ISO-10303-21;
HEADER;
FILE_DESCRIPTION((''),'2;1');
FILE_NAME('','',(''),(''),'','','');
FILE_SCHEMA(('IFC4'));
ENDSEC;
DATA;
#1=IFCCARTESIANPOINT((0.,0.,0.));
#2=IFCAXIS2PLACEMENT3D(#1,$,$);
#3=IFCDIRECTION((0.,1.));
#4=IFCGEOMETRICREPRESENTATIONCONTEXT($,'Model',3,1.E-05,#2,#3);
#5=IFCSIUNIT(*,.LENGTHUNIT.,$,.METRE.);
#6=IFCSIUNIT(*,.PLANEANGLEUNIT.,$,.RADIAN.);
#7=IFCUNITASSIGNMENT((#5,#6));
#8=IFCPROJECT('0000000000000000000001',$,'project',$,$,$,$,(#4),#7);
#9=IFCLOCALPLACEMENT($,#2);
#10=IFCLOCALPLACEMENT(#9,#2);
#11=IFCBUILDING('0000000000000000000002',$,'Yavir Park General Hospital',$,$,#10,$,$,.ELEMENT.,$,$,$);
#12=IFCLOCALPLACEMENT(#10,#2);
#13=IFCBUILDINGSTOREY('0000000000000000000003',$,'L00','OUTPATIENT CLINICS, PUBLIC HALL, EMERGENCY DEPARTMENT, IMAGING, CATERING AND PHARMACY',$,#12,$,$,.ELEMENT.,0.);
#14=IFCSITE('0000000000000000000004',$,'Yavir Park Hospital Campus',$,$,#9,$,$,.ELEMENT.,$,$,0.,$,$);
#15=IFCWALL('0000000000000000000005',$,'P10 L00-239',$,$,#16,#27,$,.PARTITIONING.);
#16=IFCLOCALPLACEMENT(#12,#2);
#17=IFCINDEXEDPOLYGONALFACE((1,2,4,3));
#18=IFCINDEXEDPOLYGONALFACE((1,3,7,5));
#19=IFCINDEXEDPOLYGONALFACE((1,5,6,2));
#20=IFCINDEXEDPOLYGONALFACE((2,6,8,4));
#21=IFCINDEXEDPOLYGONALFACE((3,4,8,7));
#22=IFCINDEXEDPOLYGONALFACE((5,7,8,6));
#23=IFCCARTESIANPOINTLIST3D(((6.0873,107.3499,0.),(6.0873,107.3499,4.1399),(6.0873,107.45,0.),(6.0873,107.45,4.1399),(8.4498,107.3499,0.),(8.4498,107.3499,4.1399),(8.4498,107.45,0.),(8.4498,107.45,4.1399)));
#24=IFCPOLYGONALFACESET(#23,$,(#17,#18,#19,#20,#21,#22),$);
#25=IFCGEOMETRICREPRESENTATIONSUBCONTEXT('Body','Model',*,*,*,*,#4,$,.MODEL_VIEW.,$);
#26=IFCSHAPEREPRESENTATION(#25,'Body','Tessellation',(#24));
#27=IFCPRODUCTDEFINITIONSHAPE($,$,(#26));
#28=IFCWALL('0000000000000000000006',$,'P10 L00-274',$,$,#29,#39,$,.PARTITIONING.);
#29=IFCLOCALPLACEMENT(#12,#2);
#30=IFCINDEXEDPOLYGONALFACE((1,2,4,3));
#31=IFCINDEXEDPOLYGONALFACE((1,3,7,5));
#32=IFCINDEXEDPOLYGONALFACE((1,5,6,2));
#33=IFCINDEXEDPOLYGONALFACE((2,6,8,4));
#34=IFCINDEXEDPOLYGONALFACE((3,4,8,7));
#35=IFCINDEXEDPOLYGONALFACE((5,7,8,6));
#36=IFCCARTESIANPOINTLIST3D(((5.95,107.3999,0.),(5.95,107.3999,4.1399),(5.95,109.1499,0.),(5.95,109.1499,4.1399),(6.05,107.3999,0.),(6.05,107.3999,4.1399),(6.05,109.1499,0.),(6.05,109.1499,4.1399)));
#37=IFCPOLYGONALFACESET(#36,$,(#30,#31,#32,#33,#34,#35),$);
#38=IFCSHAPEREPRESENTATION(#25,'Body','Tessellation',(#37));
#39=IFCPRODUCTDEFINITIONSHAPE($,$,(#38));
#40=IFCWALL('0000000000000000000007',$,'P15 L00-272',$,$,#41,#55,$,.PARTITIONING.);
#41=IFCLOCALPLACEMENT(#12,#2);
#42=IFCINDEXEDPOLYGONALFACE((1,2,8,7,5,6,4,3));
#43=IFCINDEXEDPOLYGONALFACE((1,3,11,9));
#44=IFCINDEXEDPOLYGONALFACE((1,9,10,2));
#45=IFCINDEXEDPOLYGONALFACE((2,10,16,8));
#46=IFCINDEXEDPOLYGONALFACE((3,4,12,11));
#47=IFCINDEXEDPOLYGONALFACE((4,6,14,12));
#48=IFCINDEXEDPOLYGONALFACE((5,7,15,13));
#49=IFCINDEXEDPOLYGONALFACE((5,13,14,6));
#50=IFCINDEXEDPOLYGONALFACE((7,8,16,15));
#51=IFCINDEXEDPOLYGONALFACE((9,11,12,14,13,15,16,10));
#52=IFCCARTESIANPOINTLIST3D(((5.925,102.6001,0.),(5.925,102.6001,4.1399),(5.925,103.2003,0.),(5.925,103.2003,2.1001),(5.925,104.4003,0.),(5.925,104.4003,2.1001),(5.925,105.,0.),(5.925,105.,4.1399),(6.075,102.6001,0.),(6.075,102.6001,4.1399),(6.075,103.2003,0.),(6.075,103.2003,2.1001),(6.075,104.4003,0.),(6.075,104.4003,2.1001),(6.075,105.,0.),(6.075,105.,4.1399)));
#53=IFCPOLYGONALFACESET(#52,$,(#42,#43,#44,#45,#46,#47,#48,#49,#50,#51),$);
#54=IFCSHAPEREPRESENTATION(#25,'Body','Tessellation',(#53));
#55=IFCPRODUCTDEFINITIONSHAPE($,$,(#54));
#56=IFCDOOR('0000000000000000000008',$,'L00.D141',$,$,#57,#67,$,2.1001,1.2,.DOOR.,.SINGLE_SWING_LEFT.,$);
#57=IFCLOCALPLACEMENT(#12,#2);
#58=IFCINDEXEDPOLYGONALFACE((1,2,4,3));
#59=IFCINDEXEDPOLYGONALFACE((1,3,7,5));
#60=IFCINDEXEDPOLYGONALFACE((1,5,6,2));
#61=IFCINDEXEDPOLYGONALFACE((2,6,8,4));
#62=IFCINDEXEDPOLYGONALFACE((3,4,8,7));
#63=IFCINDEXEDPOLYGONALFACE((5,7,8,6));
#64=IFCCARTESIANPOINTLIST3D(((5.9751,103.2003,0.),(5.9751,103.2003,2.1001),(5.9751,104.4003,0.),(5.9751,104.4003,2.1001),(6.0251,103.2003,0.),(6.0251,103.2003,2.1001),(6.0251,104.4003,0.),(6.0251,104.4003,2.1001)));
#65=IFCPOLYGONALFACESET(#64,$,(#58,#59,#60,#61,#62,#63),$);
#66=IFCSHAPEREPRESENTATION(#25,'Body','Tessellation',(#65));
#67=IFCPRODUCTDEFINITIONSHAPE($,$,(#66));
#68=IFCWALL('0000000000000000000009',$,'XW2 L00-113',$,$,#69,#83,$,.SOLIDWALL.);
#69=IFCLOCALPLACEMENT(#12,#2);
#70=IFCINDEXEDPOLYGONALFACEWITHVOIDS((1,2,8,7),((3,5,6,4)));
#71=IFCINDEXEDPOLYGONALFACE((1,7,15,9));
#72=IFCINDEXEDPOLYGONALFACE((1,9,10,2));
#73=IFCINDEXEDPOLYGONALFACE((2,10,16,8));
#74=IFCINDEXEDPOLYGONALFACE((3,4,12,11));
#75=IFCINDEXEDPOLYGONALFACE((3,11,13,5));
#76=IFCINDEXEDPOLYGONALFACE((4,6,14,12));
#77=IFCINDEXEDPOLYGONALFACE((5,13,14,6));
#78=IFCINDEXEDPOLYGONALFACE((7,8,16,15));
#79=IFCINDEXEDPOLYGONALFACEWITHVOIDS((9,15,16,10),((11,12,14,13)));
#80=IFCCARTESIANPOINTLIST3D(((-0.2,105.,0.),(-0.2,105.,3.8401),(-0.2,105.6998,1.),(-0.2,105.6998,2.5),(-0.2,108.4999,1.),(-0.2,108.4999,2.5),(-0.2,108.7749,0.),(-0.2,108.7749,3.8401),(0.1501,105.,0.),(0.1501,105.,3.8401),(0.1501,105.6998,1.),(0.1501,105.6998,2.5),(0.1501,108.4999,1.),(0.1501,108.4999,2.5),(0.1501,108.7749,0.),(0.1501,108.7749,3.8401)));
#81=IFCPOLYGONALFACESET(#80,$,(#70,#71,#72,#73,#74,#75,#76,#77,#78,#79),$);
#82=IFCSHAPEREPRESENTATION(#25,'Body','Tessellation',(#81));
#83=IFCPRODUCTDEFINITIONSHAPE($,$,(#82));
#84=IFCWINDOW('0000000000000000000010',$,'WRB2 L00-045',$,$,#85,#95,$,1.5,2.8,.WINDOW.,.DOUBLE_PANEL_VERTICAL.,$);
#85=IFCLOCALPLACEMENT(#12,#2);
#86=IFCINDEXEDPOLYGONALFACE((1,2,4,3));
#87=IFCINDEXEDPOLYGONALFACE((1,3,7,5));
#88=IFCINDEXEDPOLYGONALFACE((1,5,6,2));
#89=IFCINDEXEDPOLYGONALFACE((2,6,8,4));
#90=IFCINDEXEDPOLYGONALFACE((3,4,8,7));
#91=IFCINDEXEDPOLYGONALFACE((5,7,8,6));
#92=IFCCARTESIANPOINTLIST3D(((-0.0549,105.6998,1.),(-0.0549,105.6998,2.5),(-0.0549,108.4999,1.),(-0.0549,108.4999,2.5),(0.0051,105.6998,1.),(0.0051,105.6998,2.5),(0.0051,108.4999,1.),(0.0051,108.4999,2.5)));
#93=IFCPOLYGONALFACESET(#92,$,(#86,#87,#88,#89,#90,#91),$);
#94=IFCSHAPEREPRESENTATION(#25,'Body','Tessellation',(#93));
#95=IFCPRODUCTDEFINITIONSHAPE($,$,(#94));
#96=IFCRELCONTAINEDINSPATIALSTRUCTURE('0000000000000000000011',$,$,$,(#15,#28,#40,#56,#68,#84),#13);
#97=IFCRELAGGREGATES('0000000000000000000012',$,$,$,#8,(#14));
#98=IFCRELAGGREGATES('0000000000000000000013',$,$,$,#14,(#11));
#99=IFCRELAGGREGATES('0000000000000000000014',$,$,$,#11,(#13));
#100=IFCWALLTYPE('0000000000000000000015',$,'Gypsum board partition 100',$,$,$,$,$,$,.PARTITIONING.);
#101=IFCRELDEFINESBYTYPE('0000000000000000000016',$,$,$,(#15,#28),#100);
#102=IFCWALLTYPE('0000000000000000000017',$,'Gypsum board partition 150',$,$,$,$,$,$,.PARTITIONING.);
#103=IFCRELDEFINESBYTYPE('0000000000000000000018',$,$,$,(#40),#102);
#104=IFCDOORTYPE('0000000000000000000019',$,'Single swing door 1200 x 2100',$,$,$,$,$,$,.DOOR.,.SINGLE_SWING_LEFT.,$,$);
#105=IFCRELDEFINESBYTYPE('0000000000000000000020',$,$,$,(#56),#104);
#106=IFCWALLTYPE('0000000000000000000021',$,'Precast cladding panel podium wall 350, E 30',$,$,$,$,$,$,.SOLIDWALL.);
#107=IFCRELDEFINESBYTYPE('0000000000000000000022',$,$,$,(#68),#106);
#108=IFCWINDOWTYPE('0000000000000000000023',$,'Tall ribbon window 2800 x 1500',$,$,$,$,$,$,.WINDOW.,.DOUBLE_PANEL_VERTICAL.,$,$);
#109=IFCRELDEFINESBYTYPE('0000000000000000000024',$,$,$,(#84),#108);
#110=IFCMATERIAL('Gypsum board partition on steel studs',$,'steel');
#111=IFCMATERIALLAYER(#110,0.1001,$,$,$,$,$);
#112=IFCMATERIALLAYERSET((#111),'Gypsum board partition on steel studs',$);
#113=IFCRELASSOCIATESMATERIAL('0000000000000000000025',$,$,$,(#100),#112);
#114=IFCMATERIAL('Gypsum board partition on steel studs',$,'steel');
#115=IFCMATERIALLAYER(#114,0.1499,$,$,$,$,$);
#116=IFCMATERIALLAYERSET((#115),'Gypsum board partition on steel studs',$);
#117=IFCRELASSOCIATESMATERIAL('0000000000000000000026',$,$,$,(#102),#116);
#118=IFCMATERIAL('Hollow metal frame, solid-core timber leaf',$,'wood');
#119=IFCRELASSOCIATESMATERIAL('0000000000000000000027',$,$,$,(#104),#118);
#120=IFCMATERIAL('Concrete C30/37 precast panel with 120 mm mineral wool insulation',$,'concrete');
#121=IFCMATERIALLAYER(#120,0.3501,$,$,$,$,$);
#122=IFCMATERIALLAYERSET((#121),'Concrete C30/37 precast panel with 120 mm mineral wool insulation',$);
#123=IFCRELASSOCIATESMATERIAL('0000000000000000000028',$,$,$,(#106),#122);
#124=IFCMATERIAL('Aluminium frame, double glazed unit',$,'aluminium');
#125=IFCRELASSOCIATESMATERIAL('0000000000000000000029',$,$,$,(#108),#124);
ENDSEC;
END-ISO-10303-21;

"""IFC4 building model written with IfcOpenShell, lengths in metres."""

from ifc_helpers import new_model, si_unit, direction, frame, frame_2d, origin, place, context, subcontext, project, spatial, rectangle, extrude, material, layer, layer_set, type_object, element, fill, save


model = new_model("IFC4")

# Units and contexts
model_context = context("Model", 3, precision=1e-05, world=origin(), true_north=direction((0.0, 1.0)))
body_context = subcontext(model_context, "Body", "Model", "MODEL_VIEW")
ifc_project = project(units=[si_unit("LENGTHUNIT", "METRE"), si_unit("PLANEANGLEUNIT", "RADIAN")], contexts=[model_context])

# Site, building, storey
site_placement = place(None, origin())
site = spatial("IfcSite", under=ifc_project, at=site_placement, Name="Yavir Park Hospital Campus", CompositionType="ELEMENT", RefElevation=0.0)
building_placement = place(site_placement, origin())
building = spatial("IfcBuilding", under=site, at=building_placement, Name="Yavir Park General Hospital", CompositionType="ELEMENT")
storey_placement = place(building_placement, origin())
storey = spatial("IfcBuildingStorey", under=building, at=storey_placement, Name="L00", Description="OUTPATIENT CLINICS, PUBLIC HALL, EMERGENCY DEPARTMENT, IMAGING, CATERING AND PHARMACY", CompositionType="ELEMENT", Elevation=0.0)

# Walls
ifc_material_1 = material(Name="Gypsum board partition on steel studs", Category="steel")
ifc_layer_1 = layer(ifc_material_1, 0.1001)
ifc_layer_set_1 = layer_set([ifc_layer_1], Name="Gypsum board partition on steel studs")
wall_type_1 = type_object("IfcWallType", Name="Gypsum board partition 100", PredefinedType="PARTITIONING", material=ifc_layer_set_1)
wall_1_placement = place(storey_placement, frame((6.0874, 107.3999, 0.0), z_axis=(0.0, 0.0, 1.0), x_axis=(1.0, 0.0, 0.0)))
element("IfcWall", 1, at=wall_1_placement, inside=storey, type_object=wall_type_1, Name="P10 L00-239", PredefinedType="PARTITIONING", context=body_context, shape_type="SweptSolid", body=[
    extrude(rectangle(XDim=2.3625, YDim=0.1001, at=frame_2d((1.1812, 0.0))), origin(), (0.0, 0.0, 1.0), 4.1399),
])
wall_2_placement = place(storey_placement, frame((6.0, 107.3999, 0.0), z_axis=(0.0, 0.0, 1.0), x_axis=(0.0, 1.0, 0.0)))
element("IfcWall", 2, at=wall_2_placement, inside=storey, type_object=wall_type_1, Name="P10 L00-274", PredefinedType="PARTITIONING", context=body_context, shape_type="SweptSolid", body=[
    extrude(rectangle(XDim=1.75, YDim=0.1001, at=frame_2d((0.875, 0.0))), origin(), (0.0, 0.0, 1.0), 4.1399),
])

# Wall, opening, door
ifc_material_2 = material(Name="Gypsum board partition on steel studs", Category="steel")
ifc_layer_2 = layer(ifc_material_2, 0.1499)
ifc_layer_set_2 = layer_set([ifc_layer_2], Name="Gypsum board partition on steel studs")
wall_type_2 = type_object("IfcWallType", Name="Gypsum board partition 150", PredefinedType="PARTITIONING", material=ifc_layer_set_2)
wall_3_placement = place(storey_placement, frame((6.0, 102.6001, 0.0), z_axis=(0.0, 0.0, 1.0), x_axis=(0.0, 1.0, 0.0)))
wall_3 = element("IfcWall", 3, at=wall_3_placement, inside=storey, type_object=wall_type_2, Name="P15 L00-272", PredefinedType="PARTITIONING", context=body_context, shape_type="SweptSolid", body=[
    extrude(rectangle(XDim=2.3999, YDim=0.1499, at=frame_2d((1.2, 0.0))), origin(), (0.0, 0.0, 1.0), 4.1399),
])
opening_1_placement = place(wall_3_placement, frame((0.6001, 0.0, 0.0)))
opening_1 = element("IfcOpeningElement", 4, at=opening_1_placement, cuts=wall_3, PredefinedType="OPENING", context=body_context, shape_type="SweptSolid", body=[
    extrude(rectangle(XDim=1.2, YDim=2.1001, at=frame_2d((0.6001, 1.05))), frame((0.0, 0.085, 0.0), z_axis=(0.0, -1.0, 0.0), x_axis=(1.0, 0.0, 0.0)), (0.0, 0.0, 1.0), 0.1699),
])
ifc_material_3 = material(Name="Hollow metal frame, solid-core timber leaf", Category="wood")
door_type_1 = type_object("IfcDoorType", Name="Single swing door 1200 x 2100", OperationType="SINGLE_SWING_LEFT", PredefinedType="DOOR", material=ifc_material_3)
door_1_placement = place(opening_1_placement, origin())
door_1 = element("IfcDoor", 5, at=door_1_placement, inside=storey, type_object=door_type_1, Name="L00.D141", OperationType="SINGLE_SWING_LEFT", OverallHeight=2.1001, OverallWidth=1.2, PredefinedType="DOOR", context=body_context, shape_type="SweptSolid", body=[
    extrude(rectangle(XDim=1.2, YDim=2.1001, at=frame_2d((0.6001, 1.05))), frame((0.0, 0.0249, 0.0), z_axis=(0.0, -1.0, 0.0), x_axis=(1.0, 0.0, 0.0)), (0.0, 0.0, 1.0), 0.05),
])
fill(opening_1, door_1)

# Wall, opening, window
ifc_material_4 = material(Name="Concrete C30/37 precast panel with 120 mm mineral wool insulation", Category="concrete")
ifc_layer_3 = layer(ifc_material_4, 0.3501)
ifc_layer_set_3 = layer_set([ifc_layer_3], Name="Concrete C30/37 precast panel with 120 mm mineral wool insulation")
wall_type_3 = type_object("IfcWallType", Name="Precast cladding panel podium wall 350, E 30", PredefinedType="SOLIDWALL", material=ifc_layer_set_3)
wall_4_placement = place(storey_placement, frame((-0.0249, 105.0, 0.0), z_axis=(0.0, 0.0, 1.0), x_axis=(0.0, 1.0, 0.0)))
wall_4 = element("IfcWall", 6, at=wall_4_placement, inside=storey, type_object=wall_type_3, Name="XW2 L00-113", PredefinedType="SOLIDWALL", context=body_context, shape_type="SweptSolid", body=[
    extrude(rectangle(XDim=3.7749, YDim=0.3501, at=frame_2d((1.8875, 0.0))), origin(), (0.0, 0.0, 1.0), 3.8401),
])
opening_2_placement = place(wall_4_placement, frame((0.7, 0.0, 1.0)))
opening_2 = element("IfcOpeningElement", 7, at=opening_2_placement, cuts=wall_4, PredefinedType="OPENING", context=body_context, shape_type="SweptSolid", body=[
    extrude(rectangle(XDim=2.8, YDim=1.5, at=frame_2d((1.3999, 0.75))), frame((0.0, 0.1851, 0.0), z_axis=(0.0, -1.0, 0.0), x_axis=(1.0, 0.0, 0.0)), (0.0, 0.0, 1.0), 0.3701),
])
ifc_material_5 = material(Name="Aluminium frame, double glazed unit", Category="aluminium")
window_type = type_object("IfcWindowType", Name="Tall ribbon window 2800 x 1500", PartitioningType="DOUBLE_PANEL_VERTICAL", PredefinedType="WINDOW", material=ifc_material_5)
window_placement = place(opening_2_placement, origin())
window = element("IfcWindow", 8, at=window_placement, inside=storey, type_object=window_type, Name="WRB2 L00-045", OverallHeight=1.5, OverallWidth=2.8, PartitioningType="DOUBLE_PANEL_VERTICAL", PredefinedType="WINDOW", context=body_context, shape_type="SweptSolid", body=[
    extrude(rectangle(XDim=2.8, YDim=1.5, at=frame_2d((1.3999, 0.75))), frame((0.0, 0.03, 0.0), z_axis=(0.0, -1.0, 0.0), x_axis=(1.0, 0.0, 0.0)), (0.0, 0.0, 1.0), 0.0601),
])
fill(opening_2, window)

save(model, "model.ifc")
